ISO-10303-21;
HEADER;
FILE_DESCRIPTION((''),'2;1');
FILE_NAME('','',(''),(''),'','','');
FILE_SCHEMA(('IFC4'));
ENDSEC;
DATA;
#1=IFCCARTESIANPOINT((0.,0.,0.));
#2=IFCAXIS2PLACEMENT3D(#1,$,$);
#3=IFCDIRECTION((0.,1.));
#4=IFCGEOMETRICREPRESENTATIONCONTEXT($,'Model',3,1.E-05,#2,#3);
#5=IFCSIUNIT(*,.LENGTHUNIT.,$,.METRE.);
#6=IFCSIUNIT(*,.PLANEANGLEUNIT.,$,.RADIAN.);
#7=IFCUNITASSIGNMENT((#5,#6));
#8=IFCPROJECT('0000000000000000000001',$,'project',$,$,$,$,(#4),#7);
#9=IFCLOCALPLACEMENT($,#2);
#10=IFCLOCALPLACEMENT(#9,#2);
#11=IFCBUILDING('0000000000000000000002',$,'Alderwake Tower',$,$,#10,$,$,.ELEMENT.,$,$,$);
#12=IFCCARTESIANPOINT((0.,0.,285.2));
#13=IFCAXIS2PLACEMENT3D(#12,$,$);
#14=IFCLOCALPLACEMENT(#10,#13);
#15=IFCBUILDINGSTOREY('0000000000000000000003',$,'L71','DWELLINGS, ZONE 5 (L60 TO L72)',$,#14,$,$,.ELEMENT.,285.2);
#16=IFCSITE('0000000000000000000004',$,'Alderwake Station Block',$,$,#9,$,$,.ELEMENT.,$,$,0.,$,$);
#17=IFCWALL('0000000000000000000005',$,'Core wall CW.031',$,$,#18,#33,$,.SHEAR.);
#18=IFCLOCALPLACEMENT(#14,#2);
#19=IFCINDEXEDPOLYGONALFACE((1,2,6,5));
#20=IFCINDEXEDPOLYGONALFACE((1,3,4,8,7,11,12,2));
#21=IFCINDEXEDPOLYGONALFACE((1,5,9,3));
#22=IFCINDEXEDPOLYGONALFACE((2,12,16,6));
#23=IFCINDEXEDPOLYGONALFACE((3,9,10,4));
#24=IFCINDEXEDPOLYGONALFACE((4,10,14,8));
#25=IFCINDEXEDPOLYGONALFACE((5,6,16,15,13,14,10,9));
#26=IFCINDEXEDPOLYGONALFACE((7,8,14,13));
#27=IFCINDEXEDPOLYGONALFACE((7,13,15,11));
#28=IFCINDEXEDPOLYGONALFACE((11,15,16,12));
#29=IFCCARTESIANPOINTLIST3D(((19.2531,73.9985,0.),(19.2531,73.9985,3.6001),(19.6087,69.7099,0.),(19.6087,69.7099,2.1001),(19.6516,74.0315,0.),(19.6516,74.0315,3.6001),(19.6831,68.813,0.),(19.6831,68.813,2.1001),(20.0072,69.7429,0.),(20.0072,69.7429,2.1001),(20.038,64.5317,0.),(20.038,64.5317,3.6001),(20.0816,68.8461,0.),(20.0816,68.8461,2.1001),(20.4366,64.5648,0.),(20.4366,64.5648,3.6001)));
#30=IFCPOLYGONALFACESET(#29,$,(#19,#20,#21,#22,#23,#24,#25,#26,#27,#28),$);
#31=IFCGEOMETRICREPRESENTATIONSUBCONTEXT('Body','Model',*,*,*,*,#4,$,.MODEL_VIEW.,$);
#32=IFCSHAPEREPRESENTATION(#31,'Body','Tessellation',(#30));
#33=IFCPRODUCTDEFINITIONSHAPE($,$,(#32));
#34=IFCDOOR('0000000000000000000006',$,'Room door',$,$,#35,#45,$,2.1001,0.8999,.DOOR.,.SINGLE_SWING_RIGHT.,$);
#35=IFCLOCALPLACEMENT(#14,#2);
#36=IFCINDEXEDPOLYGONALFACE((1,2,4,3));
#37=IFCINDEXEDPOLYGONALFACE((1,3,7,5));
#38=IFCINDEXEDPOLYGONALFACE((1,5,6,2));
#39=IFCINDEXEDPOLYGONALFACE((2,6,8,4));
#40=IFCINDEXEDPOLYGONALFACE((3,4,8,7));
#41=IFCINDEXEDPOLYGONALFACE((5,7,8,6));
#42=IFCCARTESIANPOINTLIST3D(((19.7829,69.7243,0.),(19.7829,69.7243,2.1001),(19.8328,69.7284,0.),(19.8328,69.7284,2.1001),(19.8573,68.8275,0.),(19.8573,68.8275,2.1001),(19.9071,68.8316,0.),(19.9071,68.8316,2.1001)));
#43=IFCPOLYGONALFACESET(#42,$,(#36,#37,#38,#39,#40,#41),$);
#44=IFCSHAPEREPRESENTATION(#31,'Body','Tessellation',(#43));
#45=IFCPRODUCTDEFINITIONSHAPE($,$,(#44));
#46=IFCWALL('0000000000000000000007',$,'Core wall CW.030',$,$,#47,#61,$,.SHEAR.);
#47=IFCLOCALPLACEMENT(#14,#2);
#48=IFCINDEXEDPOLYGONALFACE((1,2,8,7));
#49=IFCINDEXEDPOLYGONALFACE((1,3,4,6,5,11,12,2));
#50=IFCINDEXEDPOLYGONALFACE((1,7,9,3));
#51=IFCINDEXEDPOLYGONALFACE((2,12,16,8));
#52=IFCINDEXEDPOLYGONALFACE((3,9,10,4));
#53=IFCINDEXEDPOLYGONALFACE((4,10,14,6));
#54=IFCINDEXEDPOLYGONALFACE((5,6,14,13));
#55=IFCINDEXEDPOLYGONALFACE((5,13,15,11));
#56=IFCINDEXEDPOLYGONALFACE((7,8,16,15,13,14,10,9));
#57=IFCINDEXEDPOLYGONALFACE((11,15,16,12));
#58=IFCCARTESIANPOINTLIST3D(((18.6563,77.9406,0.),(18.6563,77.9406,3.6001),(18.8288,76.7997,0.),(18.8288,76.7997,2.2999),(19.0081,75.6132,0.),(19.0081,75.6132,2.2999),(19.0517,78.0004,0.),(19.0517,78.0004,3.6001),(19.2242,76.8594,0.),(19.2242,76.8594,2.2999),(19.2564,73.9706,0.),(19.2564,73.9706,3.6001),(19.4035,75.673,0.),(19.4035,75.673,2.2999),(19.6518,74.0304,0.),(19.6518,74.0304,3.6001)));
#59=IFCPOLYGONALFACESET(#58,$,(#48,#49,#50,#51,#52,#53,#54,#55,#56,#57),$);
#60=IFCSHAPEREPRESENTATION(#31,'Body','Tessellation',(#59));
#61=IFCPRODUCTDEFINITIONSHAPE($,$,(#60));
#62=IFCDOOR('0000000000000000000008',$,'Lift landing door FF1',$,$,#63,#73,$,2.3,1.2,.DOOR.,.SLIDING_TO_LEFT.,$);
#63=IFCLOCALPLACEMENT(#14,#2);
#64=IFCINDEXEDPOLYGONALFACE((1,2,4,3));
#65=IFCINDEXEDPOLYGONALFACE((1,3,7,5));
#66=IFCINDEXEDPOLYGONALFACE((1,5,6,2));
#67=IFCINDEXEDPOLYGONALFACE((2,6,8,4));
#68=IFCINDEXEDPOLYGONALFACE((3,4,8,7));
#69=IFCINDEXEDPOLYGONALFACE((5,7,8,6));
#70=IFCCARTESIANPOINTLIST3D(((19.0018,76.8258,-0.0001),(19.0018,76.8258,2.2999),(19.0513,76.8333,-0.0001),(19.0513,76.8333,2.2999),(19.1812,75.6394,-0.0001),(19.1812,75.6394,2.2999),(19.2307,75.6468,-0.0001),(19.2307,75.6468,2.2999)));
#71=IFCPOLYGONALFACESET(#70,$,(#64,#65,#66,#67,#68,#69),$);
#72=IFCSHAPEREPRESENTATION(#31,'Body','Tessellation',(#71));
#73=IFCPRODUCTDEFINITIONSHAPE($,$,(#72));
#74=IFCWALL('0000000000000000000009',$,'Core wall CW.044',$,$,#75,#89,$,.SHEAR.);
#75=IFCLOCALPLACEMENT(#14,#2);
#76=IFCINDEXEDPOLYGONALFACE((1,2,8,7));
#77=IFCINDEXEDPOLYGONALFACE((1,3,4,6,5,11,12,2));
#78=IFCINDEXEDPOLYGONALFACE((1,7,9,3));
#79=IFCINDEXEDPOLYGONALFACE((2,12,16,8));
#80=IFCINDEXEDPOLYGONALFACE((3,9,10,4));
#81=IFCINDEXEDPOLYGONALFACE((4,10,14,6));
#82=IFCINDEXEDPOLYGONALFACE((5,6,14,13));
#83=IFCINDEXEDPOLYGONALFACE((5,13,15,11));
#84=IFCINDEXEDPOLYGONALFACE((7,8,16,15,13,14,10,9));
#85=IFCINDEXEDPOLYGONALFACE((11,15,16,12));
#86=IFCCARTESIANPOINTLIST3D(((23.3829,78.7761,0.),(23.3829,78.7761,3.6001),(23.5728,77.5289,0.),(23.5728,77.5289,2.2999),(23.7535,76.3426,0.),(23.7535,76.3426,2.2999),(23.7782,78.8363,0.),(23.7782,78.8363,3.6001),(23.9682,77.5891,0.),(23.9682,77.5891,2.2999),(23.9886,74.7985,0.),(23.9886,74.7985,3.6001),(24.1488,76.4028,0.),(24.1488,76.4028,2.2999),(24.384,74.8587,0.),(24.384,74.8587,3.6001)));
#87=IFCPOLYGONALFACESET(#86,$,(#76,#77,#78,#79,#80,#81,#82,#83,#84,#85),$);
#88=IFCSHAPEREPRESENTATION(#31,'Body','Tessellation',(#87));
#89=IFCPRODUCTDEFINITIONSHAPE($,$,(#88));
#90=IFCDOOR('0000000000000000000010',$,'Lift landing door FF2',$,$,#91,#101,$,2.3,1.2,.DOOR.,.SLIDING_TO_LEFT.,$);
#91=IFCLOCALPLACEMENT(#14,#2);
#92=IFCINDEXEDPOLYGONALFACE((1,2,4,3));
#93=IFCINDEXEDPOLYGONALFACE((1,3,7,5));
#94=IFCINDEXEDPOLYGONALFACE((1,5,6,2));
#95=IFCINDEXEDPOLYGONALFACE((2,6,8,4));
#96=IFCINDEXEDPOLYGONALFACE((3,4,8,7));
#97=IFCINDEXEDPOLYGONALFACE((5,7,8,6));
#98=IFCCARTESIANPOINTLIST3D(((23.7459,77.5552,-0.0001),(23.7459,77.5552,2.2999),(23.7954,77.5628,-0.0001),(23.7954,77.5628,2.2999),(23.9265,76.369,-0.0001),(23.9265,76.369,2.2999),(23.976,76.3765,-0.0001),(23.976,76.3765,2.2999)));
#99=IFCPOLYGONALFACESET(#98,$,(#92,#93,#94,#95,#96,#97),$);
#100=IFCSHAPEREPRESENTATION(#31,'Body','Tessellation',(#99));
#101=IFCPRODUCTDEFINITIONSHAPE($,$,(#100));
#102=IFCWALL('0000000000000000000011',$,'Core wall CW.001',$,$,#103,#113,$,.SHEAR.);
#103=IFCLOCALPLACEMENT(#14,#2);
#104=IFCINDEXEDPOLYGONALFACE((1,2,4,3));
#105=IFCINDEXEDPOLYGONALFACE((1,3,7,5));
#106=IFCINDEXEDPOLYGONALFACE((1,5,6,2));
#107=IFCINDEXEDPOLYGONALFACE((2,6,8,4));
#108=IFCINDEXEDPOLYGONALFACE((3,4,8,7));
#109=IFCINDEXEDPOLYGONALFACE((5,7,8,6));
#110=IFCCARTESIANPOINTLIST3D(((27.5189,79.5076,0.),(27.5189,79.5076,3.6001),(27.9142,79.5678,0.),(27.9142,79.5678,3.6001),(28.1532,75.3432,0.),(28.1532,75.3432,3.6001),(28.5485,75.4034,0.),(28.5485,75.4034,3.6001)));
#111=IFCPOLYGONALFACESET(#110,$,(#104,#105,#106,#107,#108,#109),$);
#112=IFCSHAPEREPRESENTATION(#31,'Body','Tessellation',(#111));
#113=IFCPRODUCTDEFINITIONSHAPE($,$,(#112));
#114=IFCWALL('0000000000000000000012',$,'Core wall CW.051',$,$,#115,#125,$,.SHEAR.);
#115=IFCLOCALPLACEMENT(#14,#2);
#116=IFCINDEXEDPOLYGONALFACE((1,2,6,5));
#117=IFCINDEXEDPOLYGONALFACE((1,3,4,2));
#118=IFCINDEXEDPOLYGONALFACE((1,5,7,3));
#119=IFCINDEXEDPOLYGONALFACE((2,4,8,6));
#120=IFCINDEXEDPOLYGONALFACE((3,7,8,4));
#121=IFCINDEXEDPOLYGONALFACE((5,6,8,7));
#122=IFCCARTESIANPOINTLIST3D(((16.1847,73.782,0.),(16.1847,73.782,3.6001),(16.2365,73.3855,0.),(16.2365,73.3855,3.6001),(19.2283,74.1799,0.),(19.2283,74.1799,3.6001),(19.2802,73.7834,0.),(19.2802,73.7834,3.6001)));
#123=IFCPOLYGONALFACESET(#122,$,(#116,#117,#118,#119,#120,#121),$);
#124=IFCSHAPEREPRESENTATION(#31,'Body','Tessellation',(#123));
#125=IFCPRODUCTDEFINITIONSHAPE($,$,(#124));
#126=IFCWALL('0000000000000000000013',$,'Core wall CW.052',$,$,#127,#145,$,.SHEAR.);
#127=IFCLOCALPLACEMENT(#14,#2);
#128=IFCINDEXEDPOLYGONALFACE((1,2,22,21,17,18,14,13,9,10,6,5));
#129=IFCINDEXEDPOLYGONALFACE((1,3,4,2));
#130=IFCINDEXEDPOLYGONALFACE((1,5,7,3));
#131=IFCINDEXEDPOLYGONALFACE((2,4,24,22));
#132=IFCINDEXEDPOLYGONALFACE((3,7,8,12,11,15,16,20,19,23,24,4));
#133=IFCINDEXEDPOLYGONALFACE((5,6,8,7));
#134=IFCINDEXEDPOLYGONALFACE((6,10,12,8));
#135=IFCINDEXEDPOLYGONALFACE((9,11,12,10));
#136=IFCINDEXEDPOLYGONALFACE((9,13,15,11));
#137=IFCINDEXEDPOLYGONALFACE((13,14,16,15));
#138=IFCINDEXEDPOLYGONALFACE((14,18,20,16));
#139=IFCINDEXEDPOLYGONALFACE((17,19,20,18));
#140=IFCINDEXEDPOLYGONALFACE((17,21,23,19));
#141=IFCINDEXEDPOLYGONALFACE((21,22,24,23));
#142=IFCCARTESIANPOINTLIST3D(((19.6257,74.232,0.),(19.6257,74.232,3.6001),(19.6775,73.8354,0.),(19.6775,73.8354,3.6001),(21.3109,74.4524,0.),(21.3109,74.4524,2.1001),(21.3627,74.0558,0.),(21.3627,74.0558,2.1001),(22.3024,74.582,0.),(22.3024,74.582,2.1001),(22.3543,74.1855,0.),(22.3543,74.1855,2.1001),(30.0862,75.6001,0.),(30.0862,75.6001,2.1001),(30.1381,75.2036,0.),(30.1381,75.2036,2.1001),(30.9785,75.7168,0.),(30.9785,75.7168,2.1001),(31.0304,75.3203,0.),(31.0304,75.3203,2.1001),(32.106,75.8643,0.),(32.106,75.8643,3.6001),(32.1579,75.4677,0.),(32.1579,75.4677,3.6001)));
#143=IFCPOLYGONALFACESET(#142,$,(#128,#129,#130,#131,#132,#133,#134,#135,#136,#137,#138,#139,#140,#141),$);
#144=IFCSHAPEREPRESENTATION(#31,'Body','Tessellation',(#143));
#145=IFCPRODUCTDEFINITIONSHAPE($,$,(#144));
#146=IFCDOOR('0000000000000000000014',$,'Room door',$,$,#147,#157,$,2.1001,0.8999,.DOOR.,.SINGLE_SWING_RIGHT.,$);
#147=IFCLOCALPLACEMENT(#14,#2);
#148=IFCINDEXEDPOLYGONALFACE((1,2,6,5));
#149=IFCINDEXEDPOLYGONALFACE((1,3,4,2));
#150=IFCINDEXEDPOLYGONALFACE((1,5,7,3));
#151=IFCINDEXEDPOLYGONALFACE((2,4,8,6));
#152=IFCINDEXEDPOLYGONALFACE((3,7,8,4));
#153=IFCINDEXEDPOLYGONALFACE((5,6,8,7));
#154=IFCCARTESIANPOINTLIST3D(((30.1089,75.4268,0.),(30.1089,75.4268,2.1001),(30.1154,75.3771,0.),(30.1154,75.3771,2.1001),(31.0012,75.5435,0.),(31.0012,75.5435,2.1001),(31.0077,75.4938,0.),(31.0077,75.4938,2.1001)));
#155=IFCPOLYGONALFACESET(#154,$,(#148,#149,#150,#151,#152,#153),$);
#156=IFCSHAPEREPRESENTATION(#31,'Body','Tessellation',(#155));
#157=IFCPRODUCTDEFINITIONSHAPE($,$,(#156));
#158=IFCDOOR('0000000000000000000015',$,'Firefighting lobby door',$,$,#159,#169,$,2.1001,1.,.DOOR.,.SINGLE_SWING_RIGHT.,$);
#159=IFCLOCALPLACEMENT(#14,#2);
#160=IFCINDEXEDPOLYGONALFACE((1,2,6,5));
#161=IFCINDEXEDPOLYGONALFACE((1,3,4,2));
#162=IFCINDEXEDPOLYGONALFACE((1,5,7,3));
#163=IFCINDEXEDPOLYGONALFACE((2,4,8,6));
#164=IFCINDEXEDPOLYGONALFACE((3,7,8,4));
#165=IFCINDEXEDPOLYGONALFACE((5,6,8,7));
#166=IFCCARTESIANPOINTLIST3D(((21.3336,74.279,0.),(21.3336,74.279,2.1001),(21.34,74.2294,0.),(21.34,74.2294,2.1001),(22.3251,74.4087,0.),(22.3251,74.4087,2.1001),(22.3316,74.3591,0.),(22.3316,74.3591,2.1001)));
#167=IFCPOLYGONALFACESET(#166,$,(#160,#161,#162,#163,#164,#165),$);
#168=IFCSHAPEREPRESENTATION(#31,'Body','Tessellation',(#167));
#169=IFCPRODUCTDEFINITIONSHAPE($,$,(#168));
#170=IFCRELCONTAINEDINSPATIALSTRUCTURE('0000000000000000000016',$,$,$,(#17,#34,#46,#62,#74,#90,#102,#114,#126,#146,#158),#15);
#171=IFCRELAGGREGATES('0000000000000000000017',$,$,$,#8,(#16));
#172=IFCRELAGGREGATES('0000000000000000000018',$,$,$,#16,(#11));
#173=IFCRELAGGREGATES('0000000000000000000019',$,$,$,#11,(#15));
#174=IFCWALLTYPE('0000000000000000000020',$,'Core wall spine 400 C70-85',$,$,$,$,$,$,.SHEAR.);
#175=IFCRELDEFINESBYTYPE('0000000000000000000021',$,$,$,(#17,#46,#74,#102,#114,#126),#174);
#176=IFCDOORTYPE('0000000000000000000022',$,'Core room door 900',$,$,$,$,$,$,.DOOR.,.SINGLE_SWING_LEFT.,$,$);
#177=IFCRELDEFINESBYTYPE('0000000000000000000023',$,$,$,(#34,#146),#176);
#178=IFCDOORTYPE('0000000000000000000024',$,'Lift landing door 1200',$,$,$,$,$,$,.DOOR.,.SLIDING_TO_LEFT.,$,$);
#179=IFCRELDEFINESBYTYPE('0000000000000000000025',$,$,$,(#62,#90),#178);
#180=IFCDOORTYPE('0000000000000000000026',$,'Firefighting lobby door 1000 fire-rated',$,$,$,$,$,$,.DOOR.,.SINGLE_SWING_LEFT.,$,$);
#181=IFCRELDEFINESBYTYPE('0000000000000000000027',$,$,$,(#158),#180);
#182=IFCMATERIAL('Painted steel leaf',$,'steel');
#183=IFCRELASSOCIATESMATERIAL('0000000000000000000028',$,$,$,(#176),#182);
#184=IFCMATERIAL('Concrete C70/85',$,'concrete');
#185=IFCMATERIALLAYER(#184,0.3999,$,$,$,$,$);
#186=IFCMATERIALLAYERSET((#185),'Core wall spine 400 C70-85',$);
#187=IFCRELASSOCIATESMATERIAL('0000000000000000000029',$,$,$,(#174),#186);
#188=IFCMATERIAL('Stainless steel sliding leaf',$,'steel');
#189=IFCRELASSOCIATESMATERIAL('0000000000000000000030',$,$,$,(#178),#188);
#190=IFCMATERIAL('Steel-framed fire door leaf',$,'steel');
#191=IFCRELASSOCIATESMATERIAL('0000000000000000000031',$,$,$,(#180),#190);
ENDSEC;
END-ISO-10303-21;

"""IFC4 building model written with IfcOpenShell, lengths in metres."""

from ifc_helpers import new_model, si_unit, direction, frame, frame_2d, origin, place, context, subcontext, project, spatial, rectangle, extrude, material, layer, layer_set, type_object, element, fill, save


model = new_model("IFC4")

# Units and contexts
model_context = context("Model", 3, precision=1e-05, world=origin(), true_north=direction((0.0, 1.0)))
body_context = subcontext(model_context, "Body", "Model", "MODEL_VIEW")
ifc_project = project(units=[si_unit("LENGTHUNIT", "METRE"), si_unit("PLANEANGLEUNIT", "RADIAN")], contexts=[model_context])

# Site, building, storey
site_placement = place(None, origin())
site = spatial("IfcSite", under=ifc_project, at=site_placement, Name="Alderwake Station Block", CompositionType="ELEMENT", RefElevation=0.0)
building_placement = place(site_placement, origin())
building = spatial("IfcBuilding", under=site, at=building_placement, Name="Alderwake Tower", CompositionType="ELEMENT")
storey_placement = place(building_placement, frame((0.0, 0.0, 285.2)))
storey = spatial("IfcBuildingStorey", under=building, at=storey_placement, Name="L71", Description="DWELLINGS, ZONE 5 (L60 TO L72)", CompositionType="ELEMENT", Elevation=285.2)

# Shared definitions
ifc_material_1 = material(Name="Painted steel leaf", Category="steel")
door_type_1 = type_object("IfcDoorType", Name="Core room door 900", OperationType="SINGLE_SWING_LEFT", PredefinedType="DOOR", material=ifc_material_1)

# Walls, openings, doors
ifc_material_2 = material(Name="Concrete C70/85", Category="concrete")
ifc_layer_1 = layer(ifc_material_2, 0.3999)
ifc_layer_set_1 = layer_set([ifc_layer_1], Name="Core wall spine 400 C70-85")
wall_type_1 = type_object("IfcWallType", Name="Core wall spine 400 C70-85", PredefinedType="SHEAR", material=ifc_layer_set_1)
wall_1_placement = place(storey_placement, frame((19.4524, 74.0149, 0.0), z_axis=(0.0, 0.0, 1.0), x_axis=(0.082629, -0.99658, 0.0)))
wall_1 = element("IfcWall", 1, at=wall_1_placement, inside=storey, type_object=wall_type_1, Name="Core wall CW.031", PredefinedType="SHEAR", context=body_context, shape_type="SweptSolid", body=[
    extrude(rectangle(XDim=9.4993, YDim=0.3999, at=frame_2d((4.7495, 0.0))), origin(), (0.0, 0.0, 1.0), 3.6001),
])
opening_1_placement = place(wall_1_placement, frame((4.3032, 0.0, 0.0)))
opening_1 = element("IfcOpeningElement", 2, at=opening_1_placement, cuts=wall_1, PredefinedType="OPENING", context=body_context, shape_type="SweptSolid", body=[
    extrude(rectangle(XDim=0.8999, YDim=2.1001, at=frame_2d((0.45, 1.05))), frame((0.0, 0.21, 0.0), z_axis=(0.0, -1.0, 0.0), x_axis=(1.0, 0.0, 0.0)), (0.0, 0.0, 1.0), 0.4199),
])
door_1_placement = place(opening_1_placement, origin())
door_1 = element("IfcDoor", 3, at=door_1_placement, inside=storey, type_object=door_type_1, Name="Room door", OperationType="SINGLE_SWING_RIGHT", OverallHeight=2.1001, OverallWidth=0.8999, PredefinedType="DOOR", context=body_context, shape_type="SweptSolid", body=[
    extrude(rectangle(XDim=0.8999, YDim=2.1001, at=frame_2d((0.45, 1.05))), frame((0.0, 0.0249, 0.0), z_axis=(0.0, -1.0, 0.0), x_axis=(1.0, 0.0, 0.0)), (0.0, 0.0, 1.0), 0.05),
])
fill(opening_1, door_1)
wall_2_placement = place(storey_placement, frame((19.4541, 74.0005, 0.0), z_axis=(0.0, 0.0, 1.0), x_axis=(-0.149461, 0.988768, 0.0)))
wall_2 = element("IfcWall", 4, at=wall_2_placement, inside=storey, type_object=wall_type_1, Name="Core wall CW.030", PredefinedType="SHEAR", context=body_context, shape_type="SweptSolid", body=[
    extrude(rectangle(XDim=4.0151, YDim=0.3999, at=frame_2d((2.0076, 0.0))), origin(), (0.0, 0.0, 1.0), 3.6001),
])
opening_2_placement = place(wall_2_placement, frame((1.6611, 0.0, 0.0)))
opening_2 = element("IfcOpeningElement", 5, at=opening_2_placement, cuts=wall_2, PredefinedType="OPENING", context=body_context, shape_type="SweptSolid", body=[
    extrude(rectangle(XDim=1.2, YDim=2.3, at=frame_2d((0.6001, 1.1499))), frame((0.0, 0.21, 0.0), z_axis=(0.0, -1.0, 0.0), x_axis=(1.0, 0.0, 0.0)), (0.0, 0.0, 1.0), 0.4199),
])
ifc_material_3 = material(Name="Stainless steel sliding leaf", Category="steel")
door_type_2 = type_object("IfcDoorType", Name="Lift landing door 1200", OperationType="SLIDING_TO_LEFT", PredefinedType="DOOR", material=ifc_material_3)
door_2_placement = place(opening_2_placement, origin())
door_2 = element("IfcDoor", 6, at=door_2_placement, inside=storey, type_object=door_type_2, Name="Lift landing door FF1", OperationType="SLIDING_TO_LEFT", OverallHeight=2.3, OverallWidth=1.2, PredefinedType="DOOR", context=body_context, shape_type="SweptSolid", body=[
    extrude(rectangle(XDim=1.2, YDim=2.3, at=frame_2d((0.6001, 1.1499))), frame((0.0, 0.0249, 0.0), z_axis=(0.0, -1.0, 0.0), x_axis=(1.0, 0.0, 0.0)), (0.0, 0.0, 1.0), 0.05),
])
fill(opening_2, door_2)
wall_3_placement = place(storey_placement, frame((24.1863, 74.8286, 0.0), z_axis=(0.0, 0.0, 1.0), x_axis=(-0.150548, 0.988603, 0.0)))
wall_3 = element("IfcWall", 7, at=wall_3_placement, inside=storey, type_object=wall_type_1, Name="Core wall CW.044", PredefinedType="SHEAR", context=body_context, shape_type="SweptSolid", body=[
    extrude(rectangle(XDim=4.0234, YDim=0.3999, at=frame_2d((2.0117, 0.0))), origin(), (0.0, 0.0, 1.0), 3.6001),
])
opening_3_placement = place(wall_3_placement, frame((1.5618, 0.0, 0.0)))
opening_3 = element("IfcOpeningElement", 8, at=opening_3_placement, cuts=wall_3, PredefinedType="OPENING", context=body_context, shape_type="SweptSolid", body=[
    extrude(rectangle(XDim=1.2, YDim=2.3, at=frame_2d((0.6001, 1.1499))), frame((0.0, 0.21, 0.0), z_axis=(0.0, -1.0, 0.0), x_axis=(1.0, 0.0, 0.0)), (0.0, 0.0, 1.0), 0.4199),
])
door_3_placement = place(opening_3_placement, origin())
door_3 = element("IfcDoor", 9, at=door_3_placement, inside=storey, type_object=door_type_2, Name="Lift landing door FF2", OperationType="SLIDING_TO_LEFT", OverallHeight=2.3, OverallWidth=1.2, PredefinedType="DOOR", context=body_context, shape_type="SweptSolid", body=[
    extrude(rectangle(XDim=1.2, YDim=2.3, at=frame_2d((0.6001, 1.1499))), frame((0.0, 0.0249, 0.0), z_axis=(0.0, -1.0, 0.0), x_axis=(1.0, 0.0, 0.0)), (0.0, 0.0, 1.0), 0.05),
])
fill(opening_3, door_3)

# Walls
wall_4_placement = place(storey_placement, frame((28.3508, 75.3733, 0.0), z_axis=(0.0, 0.0, 1.0), x_axis=(-0.150576, 0.988598, 0.0)))
element("IfcWall", 10, at=wall_4_placement, inside=storey, type_object=wall_type_1, Name="Core wall CW.001", PredefinedType="SHEAR", context=body_context, shape_type="SweptSolid", body=[
    extrude(rectangle(XDim=4.2124, YDim=0.3999, at=frame_2d((2.1062, 0.0))), origin(), (0.0, 0.0, 1.0), 3.6001),
])
wall_5_placement = place(storey_placement, frame((16.2107, 73.5837, 0.0), z_axis=(0.0, 0.0, 1.0), x_axis=(0.991561, 0.129642, 0.0)))
element("IfcWall", 11, at=wall_5_placement, inside=storey, type_object=wall_type_1, Name="Core wall CW.051", PredefinedType="SHEAR", context=body_context, shape_type="SweptSolid", body=[
    extrude(rectangle(XDim=3.0696, YDim=0.3999, at=frame_2d((1.5347, 0.0))), origin(), (0.0, 0.0, 1.0), 3.6001),
])

# Wall, openings, doors
wall_6_placement = place(storey_placement, frame((32.1321, 75.666, 0.0), z_axis=(0.0, 0.0, 1.0), x_axis=(-0.991555, -0.129686, 0.0)))
wall_6 = element("IfcWall", 12, at=wall_6_placement, inside=storey, type_object=wall_type_1, Name="Core wall CW.052", PredefinedType="SHEAR", context=body_context, shape_type="SweptSolid", body=[
    extrude(rectangle(XDim=12.5867, YDim=0.3999, at=frame_2d((6.2935, 0.0))), origin(), (0.0, 0.0, 1.0), 3.6001),
])
opening_4_placement = place(wall_6_placement, frame((9.8872, 0.0, 0.0)))
opening_4 = element("IfcOpeningElement", 13, at=opening_4_placement, cuts=wall_6, PredefinedType="OPENING", context=body_context, shape_type="SweptSolid", body=[
    extrude(rectangle(XDim=1.0, YDim=2.1001, at=frame_2d((0.5, 1.05))), frame((0.0, 0.21, 0.0), z_axis=(0.0, -1.0, 0.0), x_axis=(1.0, 0.0, 0.0)), (0.0, 0.0, 1.0), 0.4199),
])
opening_5_placement = place(wall_6_placement, frame((1.1372, 0.0, 0.0)))
opening_5 = element("IfcOpeningElement", 14, at=opening_5_placement, cuts=wall_6, PredefinedType="OPENING", context=body_context, shape_type="SweptSolid", body=[
    extrude(rectangle(XDim=0.8999, YDim=2.1001, at=frame_2d((0.45, 1.05))), frame((0.0, 0.21, 0.0), z_axis=(0.0, -1.0, 0.0), x_axis=(1.0, 0.0, 0.0)), (0.0, 0.0, 1.0), 0.4199),
])
door_4_placement = place(opening_5_placement, origin())
door_4 = element("IfcDoor", 15, at=door_4_placement, inside=storey, type_object=door_type_1, Name="Room door", OperationType="SINGLE_SWING_RIGHT", OverallHeight=2.1001, OverallWidth=0.8999, PredefinedType="DOOR", context=body_context, shape_type="SweptSolid", body=[
    extrude(rectangle(XDim=0.8999, YDim=2.1001, at=frame_2d((0.45, 1.05))), frame((0.0, 0.0249, 0.0), z_axis=(0.0, -1.0, 0.0), x_axis=(1.0, 0.0, 0.0)), (0.0, 0.0, 1.0), 0.05),
])
fill(opening_5, door_4)
ifc_material_4 = material(Name="Steel-framed fire door leaf", Category="steel")
door_type_3 = type_object("IfcDoorType", Name="Firefighting lobby door 1000 fire-rated", OperationType="SINGLE_SWING_LEFT", PredefinedType="DOOR", material=ifc_material_4)
door_5_placement = place(opening_4_placement, origin())
door_5 = element("IfcDoor", 16, at=door_5_placement, inside=storey, type_object=door_type_3, Name="Firefighting lobby door", OperationType="SINGLE_SWING_RIGHT", OverallHeight=2.1001, OverallWidth=1.0, PredefinedType="DOOR", context=body_context, shape_type="SweptSolid", body=[
    extrude(rectangle(XDim=1.0, YDim=2.1001, at=frame_2d((0.5, 1.05))), frame((0.0, 0.0249, 0.0), z_axis=(0.0, -1.0, 0.0), x_axis=(1.0, 0.0, 0.0)), (0.0, 0.0, 1.0), 0.05),
])
fill(opening_4, door_5)

save(model, "model.ifc")
